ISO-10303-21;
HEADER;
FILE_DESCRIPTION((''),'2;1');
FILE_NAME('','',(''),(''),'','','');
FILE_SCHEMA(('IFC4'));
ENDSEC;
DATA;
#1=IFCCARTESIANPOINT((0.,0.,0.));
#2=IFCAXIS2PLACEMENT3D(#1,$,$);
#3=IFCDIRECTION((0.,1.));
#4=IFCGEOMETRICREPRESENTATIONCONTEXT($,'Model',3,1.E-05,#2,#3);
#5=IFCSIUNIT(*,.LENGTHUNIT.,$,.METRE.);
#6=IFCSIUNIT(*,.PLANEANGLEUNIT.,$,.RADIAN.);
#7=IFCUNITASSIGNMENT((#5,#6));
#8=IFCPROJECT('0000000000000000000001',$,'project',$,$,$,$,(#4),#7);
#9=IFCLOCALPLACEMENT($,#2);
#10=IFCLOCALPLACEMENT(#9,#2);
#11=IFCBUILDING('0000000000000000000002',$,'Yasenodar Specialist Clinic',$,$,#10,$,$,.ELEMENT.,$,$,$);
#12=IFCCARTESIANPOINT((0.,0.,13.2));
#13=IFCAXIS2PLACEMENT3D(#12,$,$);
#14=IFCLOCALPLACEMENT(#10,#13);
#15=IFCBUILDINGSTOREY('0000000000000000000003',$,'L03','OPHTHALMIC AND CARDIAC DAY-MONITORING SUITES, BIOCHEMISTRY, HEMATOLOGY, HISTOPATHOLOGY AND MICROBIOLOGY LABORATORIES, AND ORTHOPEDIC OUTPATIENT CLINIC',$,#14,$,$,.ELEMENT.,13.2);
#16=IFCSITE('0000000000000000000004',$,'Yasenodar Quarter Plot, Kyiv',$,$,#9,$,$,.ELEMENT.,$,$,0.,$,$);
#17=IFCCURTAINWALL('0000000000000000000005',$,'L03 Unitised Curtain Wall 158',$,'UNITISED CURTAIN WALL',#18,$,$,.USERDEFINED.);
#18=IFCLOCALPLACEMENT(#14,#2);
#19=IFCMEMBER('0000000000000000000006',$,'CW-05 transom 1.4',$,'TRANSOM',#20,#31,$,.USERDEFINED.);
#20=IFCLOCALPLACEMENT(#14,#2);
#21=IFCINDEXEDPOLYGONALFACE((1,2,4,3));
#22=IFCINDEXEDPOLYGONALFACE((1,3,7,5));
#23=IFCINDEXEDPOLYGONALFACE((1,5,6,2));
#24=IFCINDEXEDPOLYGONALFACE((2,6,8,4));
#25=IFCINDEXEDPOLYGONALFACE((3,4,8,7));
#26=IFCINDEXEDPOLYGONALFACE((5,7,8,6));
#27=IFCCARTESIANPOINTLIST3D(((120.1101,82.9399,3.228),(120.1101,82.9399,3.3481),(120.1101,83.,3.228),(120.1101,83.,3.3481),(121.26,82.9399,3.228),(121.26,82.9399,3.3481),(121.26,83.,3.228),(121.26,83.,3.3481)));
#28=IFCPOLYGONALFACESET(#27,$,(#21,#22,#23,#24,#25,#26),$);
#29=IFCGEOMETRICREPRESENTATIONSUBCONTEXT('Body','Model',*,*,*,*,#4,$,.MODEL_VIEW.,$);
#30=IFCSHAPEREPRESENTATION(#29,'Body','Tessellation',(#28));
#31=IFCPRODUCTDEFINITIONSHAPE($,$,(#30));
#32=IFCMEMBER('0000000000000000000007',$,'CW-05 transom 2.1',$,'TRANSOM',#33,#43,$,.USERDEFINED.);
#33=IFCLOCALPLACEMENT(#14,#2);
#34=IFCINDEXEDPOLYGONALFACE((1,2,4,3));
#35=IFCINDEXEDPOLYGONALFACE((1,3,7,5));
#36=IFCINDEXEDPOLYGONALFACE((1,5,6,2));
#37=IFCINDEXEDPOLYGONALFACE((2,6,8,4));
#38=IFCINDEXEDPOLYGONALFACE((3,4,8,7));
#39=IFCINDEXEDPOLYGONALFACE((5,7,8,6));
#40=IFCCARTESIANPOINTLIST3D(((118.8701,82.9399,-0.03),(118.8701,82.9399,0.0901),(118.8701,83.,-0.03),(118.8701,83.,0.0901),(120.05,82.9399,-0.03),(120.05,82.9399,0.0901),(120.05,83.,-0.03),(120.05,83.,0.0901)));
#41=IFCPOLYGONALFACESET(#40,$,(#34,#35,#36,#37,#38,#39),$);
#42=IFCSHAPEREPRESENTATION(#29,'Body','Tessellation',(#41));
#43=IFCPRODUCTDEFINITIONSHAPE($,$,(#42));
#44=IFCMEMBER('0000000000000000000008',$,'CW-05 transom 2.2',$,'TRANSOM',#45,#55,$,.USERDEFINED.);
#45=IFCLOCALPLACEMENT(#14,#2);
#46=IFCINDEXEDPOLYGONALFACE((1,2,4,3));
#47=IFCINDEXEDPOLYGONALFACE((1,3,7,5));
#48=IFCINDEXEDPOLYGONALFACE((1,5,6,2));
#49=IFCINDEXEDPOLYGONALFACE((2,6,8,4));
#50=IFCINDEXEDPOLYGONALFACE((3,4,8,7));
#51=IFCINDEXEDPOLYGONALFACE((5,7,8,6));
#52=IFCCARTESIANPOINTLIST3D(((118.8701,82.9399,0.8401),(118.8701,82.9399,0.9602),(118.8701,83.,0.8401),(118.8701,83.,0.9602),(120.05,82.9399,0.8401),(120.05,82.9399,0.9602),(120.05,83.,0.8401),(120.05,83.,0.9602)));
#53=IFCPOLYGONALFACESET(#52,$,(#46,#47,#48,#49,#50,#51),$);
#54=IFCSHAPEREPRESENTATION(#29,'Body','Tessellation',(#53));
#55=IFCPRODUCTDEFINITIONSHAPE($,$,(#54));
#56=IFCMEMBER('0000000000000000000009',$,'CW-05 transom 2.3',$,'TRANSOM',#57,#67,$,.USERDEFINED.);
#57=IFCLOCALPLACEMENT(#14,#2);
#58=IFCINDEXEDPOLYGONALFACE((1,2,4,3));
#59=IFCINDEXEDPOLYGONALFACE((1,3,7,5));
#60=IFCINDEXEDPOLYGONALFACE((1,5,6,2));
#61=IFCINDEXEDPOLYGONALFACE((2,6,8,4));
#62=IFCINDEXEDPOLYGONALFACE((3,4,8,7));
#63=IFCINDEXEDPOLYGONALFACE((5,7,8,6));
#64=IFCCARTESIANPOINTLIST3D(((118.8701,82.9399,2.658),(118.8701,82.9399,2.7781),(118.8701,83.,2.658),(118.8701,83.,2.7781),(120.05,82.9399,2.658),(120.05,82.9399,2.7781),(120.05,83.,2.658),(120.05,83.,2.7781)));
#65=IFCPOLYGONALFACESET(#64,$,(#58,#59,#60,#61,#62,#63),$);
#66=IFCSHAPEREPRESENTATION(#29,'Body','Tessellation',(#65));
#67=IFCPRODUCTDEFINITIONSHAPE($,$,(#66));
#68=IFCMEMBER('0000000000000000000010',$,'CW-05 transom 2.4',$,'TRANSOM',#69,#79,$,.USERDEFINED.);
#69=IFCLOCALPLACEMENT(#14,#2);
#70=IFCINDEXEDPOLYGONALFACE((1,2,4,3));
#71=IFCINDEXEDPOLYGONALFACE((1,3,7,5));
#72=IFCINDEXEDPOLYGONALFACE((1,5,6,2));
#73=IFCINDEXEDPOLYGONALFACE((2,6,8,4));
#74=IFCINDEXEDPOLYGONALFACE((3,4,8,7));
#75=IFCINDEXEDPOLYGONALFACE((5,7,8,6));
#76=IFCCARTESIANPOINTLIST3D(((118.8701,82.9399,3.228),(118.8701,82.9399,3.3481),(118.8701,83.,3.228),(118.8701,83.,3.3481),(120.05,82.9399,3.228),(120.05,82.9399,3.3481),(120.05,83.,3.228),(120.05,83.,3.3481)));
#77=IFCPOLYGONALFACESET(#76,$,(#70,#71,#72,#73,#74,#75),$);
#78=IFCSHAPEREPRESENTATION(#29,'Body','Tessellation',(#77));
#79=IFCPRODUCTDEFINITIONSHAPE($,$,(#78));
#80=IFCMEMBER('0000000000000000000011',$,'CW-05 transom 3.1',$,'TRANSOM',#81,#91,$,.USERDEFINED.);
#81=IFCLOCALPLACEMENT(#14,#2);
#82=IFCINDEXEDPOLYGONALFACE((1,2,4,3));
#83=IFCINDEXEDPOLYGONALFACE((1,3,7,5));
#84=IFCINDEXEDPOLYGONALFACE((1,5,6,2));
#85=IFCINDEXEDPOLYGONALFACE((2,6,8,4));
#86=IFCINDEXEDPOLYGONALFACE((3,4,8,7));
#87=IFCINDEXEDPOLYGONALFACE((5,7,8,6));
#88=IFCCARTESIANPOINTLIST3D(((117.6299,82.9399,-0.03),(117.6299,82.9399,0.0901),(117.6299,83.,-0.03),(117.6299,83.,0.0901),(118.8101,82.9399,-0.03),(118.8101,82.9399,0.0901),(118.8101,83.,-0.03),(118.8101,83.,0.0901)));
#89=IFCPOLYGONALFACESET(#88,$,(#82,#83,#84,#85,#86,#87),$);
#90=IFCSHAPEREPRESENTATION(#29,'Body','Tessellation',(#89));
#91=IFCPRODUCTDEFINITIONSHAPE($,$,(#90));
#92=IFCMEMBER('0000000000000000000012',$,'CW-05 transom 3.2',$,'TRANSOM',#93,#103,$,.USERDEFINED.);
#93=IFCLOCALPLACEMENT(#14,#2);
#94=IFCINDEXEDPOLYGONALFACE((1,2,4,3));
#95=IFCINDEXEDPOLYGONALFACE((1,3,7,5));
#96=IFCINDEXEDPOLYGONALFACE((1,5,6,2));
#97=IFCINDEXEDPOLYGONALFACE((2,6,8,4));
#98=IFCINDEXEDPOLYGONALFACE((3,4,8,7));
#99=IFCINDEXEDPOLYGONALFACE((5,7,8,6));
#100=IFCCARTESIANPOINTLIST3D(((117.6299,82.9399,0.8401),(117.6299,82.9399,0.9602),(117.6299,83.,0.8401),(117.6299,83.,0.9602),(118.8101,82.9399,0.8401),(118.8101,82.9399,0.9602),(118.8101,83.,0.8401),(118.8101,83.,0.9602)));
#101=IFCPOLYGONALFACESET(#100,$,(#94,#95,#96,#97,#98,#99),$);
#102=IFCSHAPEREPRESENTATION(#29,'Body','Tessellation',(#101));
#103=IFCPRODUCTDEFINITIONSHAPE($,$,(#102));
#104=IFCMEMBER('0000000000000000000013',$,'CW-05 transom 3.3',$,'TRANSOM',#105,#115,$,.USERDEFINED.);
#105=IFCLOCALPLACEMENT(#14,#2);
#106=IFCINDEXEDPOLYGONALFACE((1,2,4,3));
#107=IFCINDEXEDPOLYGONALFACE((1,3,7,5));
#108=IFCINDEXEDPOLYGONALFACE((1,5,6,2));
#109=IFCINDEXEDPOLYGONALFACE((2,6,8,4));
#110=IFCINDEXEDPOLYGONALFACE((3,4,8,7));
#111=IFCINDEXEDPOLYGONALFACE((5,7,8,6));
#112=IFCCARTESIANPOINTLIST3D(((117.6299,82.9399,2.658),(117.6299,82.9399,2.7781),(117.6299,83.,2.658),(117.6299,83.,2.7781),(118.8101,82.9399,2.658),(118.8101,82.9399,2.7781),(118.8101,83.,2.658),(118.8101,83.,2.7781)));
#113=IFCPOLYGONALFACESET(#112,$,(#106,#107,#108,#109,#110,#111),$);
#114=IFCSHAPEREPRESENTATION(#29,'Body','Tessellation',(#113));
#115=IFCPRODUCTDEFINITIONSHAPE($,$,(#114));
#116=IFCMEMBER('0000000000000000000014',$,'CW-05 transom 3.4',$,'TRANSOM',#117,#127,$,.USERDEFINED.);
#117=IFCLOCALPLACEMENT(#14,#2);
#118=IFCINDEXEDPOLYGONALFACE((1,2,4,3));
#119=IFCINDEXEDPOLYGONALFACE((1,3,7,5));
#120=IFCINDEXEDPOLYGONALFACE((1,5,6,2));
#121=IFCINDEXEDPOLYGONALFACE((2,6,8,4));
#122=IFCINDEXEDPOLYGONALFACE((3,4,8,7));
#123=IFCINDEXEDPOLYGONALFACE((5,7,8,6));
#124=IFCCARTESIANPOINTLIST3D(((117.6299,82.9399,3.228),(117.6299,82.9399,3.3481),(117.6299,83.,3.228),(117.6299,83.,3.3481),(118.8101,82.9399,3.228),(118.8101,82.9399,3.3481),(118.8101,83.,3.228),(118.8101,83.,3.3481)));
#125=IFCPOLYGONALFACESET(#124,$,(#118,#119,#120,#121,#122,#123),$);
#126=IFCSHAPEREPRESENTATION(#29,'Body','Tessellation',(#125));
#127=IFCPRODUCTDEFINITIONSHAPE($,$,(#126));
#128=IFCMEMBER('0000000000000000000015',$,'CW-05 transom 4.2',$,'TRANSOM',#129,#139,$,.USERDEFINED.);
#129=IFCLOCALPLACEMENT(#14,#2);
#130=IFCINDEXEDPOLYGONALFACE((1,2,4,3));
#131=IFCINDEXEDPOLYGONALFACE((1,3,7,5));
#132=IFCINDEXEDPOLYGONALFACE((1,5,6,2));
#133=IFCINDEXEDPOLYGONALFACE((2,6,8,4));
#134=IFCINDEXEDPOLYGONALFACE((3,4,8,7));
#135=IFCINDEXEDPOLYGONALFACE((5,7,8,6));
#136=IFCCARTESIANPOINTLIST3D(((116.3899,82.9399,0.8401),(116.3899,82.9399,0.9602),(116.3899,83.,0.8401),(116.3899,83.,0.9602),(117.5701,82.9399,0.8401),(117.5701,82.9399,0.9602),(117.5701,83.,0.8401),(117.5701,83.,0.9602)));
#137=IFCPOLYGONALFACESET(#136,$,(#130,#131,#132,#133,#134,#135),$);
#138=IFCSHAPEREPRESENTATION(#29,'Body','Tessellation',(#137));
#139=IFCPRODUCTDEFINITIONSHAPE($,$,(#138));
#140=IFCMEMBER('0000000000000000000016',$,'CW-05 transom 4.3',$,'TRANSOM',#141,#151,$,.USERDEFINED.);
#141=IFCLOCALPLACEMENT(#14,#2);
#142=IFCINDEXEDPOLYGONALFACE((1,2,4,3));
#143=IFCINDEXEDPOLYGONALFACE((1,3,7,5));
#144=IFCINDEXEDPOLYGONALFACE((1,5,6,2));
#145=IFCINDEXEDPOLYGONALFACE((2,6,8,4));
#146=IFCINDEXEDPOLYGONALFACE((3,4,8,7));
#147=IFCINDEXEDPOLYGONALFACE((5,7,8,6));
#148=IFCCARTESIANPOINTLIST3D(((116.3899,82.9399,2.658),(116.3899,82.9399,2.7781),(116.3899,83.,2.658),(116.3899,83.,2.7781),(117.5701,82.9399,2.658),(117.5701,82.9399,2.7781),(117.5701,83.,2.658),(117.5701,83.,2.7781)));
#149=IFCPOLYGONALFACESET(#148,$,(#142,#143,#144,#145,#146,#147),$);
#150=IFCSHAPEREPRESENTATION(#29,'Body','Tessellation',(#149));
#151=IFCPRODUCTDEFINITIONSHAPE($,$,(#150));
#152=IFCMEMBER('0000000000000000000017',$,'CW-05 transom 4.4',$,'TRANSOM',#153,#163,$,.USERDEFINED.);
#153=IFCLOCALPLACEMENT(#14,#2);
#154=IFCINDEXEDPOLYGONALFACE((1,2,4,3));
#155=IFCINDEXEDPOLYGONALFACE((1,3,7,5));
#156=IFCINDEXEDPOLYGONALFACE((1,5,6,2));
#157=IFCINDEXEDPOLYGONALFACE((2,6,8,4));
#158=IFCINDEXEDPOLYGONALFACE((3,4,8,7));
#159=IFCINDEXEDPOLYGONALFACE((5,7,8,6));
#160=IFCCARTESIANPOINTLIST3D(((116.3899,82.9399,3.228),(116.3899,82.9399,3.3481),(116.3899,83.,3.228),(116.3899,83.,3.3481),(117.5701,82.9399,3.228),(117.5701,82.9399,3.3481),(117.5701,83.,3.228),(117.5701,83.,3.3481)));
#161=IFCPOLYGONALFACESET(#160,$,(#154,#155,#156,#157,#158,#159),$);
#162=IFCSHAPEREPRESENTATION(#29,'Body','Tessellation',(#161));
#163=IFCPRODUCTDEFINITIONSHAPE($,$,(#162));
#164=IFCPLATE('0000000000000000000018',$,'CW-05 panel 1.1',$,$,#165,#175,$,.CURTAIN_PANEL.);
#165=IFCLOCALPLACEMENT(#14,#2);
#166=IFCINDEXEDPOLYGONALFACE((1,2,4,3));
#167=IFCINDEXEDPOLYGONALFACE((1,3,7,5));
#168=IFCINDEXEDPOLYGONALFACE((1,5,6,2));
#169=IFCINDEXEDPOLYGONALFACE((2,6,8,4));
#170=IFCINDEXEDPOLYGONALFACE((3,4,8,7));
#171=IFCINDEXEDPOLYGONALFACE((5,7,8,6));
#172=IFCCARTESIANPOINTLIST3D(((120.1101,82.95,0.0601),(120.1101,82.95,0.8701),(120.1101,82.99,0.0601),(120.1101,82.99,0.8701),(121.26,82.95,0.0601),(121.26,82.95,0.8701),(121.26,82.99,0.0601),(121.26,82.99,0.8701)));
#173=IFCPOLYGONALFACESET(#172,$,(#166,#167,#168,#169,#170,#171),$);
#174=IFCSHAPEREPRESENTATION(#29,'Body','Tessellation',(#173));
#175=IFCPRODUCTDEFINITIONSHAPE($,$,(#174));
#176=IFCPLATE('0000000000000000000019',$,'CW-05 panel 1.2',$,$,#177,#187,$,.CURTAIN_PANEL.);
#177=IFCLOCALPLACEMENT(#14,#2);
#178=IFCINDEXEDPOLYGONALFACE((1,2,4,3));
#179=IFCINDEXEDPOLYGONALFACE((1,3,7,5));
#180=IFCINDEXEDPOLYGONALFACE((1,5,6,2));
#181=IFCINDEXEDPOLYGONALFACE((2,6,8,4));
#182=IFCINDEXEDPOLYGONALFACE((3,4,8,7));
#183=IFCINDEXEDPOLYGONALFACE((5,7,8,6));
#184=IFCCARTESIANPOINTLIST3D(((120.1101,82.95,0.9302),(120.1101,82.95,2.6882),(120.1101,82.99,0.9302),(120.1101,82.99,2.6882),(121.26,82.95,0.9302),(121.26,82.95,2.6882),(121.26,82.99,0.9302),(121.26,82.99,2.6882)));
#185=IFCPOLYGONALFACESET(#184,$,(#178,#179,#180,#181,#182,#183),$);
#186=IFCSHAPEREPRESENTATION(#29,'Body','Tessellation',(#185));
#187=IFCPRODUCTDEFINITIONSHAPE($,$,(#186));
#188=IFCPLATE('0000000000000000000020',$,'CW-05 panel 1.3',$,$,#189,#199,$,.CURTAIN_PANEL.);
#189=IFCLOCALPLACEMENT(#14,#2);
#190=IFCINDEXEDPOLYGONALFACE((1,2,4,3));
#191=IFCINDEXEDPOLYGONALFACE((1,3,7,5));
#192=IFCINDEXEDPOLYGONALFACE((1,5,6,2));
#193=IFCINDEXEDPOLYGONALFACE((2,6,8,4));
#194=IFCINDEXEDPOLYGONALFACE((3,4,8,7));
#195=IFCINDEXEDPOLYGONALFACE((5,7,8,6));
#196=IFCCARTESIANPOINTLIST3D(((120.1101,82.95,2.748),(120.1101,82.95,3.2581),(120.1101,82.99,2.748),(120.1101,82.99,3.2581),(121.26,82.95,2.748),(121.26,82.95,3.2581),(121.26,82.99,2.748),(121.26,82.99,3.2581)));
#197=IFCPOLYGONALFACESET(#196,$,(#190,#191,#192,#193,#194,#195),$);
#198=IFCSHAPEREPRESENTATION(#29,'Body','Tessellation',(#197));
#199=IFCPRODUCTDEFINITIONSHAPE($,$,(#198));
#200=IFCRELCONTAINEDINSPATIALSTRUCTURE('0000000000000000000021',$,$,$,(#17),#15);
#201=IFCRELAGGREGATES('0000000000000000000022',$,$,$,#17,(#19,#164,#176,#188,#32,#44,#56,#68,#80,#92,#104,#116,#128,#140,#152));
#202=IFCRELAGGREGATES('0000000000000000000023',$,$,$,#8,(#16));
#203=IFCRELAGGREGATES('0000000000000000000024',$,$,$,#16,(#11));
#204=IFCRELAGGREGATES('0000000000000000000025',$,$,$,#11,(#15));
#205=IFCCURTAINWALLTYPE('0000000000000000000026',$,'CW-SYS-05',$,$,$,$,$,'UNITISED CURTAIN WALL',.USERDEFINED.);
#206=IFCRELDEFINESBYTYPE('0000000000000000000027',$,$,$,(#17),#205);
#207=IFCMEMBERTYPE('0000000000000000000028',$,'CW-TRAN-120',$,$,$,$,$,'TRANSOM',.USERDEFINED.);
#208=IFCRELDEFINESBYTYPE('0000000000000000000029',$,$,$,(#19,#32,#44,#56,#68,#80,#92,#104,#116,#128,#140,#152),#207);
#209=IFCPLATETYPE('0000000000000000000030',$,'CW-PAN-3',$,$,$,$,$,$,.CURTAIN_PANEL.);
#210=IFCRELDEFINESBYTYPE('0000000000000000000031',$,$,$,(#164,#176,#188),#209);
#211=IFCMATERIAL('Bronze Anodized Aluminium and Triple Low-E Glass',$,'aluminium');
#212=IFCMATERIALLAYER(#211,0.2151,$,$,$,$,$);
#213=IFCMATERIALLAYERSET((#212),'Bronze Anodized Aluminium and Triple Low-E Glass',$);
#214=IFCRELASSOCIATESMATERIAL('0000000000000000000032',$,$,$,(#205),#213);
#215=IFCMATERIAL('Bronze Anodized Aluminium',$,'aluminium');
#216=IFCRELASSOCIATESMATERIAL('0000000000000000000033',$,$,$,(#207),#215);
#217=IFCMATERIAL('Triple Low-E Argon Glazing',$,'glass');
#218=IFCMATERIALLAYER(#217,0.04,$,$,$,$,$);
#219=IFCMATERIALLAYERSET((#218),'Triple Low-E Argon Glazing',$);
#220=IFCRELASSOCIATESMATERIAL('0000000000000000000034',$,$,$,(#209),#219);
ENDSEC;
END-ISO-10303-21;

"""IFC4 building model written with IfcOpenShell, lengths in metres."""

from ifc_helpers import new_model, si_unit, direction, frame, origin, origin_2d, place, context, subcontext, project, spatial, rectangle, extrude, material, layer, layer_set, material_profile, profile_set, type_object, element, aggregate, save


model = new_model("IFC4")

# Units and contexts
model_context = context("Model", 3, precision=1e-05, world=origin(), true_north=direction((0.0, 1.0)))
body_context = subcontext(model_context, "Body", "Model", "MODEL_VIEW")
ifc_project = project(units=[si_unit("LENGTHUNIT", "METRE"), si_unit("PLANEANGLEUNIT", "RADIAN")], contexts=[model_context])

# Site, building, storey
site_placement = place(None, origin())
site = spatial("IfcSite", under=ifc_project, at=site_placement, Name="Yasenodar Quarter Plot, Kyiv", CompositionType="ELEMENT", RefElevation=0.0)
building_placement = place(site_placement, origin())
building = spatial("IfcBuilding", under=site, at=building_placement, Name="Yasenodar Specialist Clinic", CompositionType="ELEMENT")
storey_placement = place(building_placement, frame((0.0, 0.0, 13.2)))
storey = spatial("IfcBuildingStorey", under=building, at=storey_placement, Name="L03", Description="OPHTHALMIC AND CARDIAC DAY-MONITORING SUITES, BIOCHEMISTRY, HEMATOLOGY, HISTOPATHOLOGY AND MICROBIOLOGY LABORATORIES, AND ORTHOPEDIC OUTPATIENT CLINIC", CompositionType="ELEMENT", Elevation=13.2)

# Curtain wall, members, plates
ifc_material_1 = material(Name="Bronze Anodized Aluminium and Triple Low-E Glass", Category="aluminium")
ifc_layer_1 = layer(ifc_material_1, 0.2151)
ifc_layer_set_1 = layer_set([ifc_layer_1], Name="Bronze Anodized Aluminium and Triple Low-E Glass")
curtain_wall_type = type_object("IfcCurtainWallType", Name="CW-SYS-05", ElementType="UNITISED CURTAIN WALL", PredefinedType="USERDEFINED", material=ifc_layer_set_1)
curtain_wall_placement = place(storey_placement, origin())
curtain_wall = element("IfcCurtainWall", 1, at=curtain_wall_placement, inside=storey, type_object=curtain_wall_type, Name="L03 Unitised Curtain Wall 158", ObjectType="UNITISED CURTAIN WALL", PredefinedType="USERDEFINED")
ifc_material_2 = material(Name="Bronze Anodized Aluminium", Category="aluminium")
ifc_material_profile_1 = material_profile(ifc_material_2, rectangle(XDim=0.0601, YDim=0.1201, at=origin_2d()), Name="CW-TRAN 60x120")
ifc_profile_set_1 = profile_set([ifc_material_profile_1], Name="Bronze Anodized Aluminium")
member_type_1 = type_object("IfcMemberType", Name="CW-TRAN-120", ElementType="TRANSOM", PredefinedType="USERDEFINED", material=ifc_profile_set_1)
member_1_placement = place(storey_placement, frame((121.26, 82.97, 3.2881), z_axis=(-1.0, 0.0, 0.0), x_axis=(0.0, -1.0, 0.0)))
member_1 = element("IfcMember", 2, at=member_1_placement, type_object=member_type_1, Name="CW-05 transom 1.4", ObjectType="TRANSOM", PredefinedType="USERDEFINED", context=body_context, shape_type="SweptSolid", body=[
    extrude(rectangle(XDim=0.0601, YDim=0.1201, at=origin_2d()), origin(), (0.0, 0.0, 1.0), 1.1499),
])
member_2_placement = place(storey_placement, frame((120.05, 82.97, 0.03), z_axis=(-1.0, 0.0, 0.0), x_axis=(0.0, -1.0, 0.0)))
member_2 = element("IfcMember", 3, at=member_2_placement, type_object=member_type_1, Name="CW-05 transom 2.1", ObjectType="TRANSOM", PredefinedType="USERDEFINED", context=body_context, shape_type="SweptSolid", body=[
    extrude(rectangle(XDim=0.0601, YDim=0.1201, at=origin_2d()), origin(), (0.0, 0.0, 1.0), 1.1799),
])
member_3_placement = place(storey_placement, frame((120.05, 82.97, 0.9001), z_axis=(-1.0, 0.0, 0.0), x_axis=(0.0, -1.0, 0.0)))
member_3 = element("IfcMember", 4, at=member_3_placement, type_object=member_type_1, Name="CW-05 transom 2.2", ObjectType="TRANSOM", PredefinedType="USERDEFINED", context=body_context, shape_type="SweptSolid", body=[
    extrude(rectangle(XDim=0.0601, YDim=0.1201, at=origin_2d()), origin(), (0.0, 0.0, 1.0), 1.1799),
])
member_4_placement = place(storey_placement, frame((120.05, 82.97, 2.718), z_axis=(-1.0, 0.0, 0.0), x_axis=(0.0, -1.0, 0.0)))
member_4 = element("IfcMember", 5, at=member_4_placement, type_object=member_type_1, Name="CW-05 transom 2.3", ObjectType="TRANSOM", PredefinedType="USERDEFINED", context=body_context, shape_type="SweptSolid", body=[
    extrude(rectangle(XDim=0.0601, YDim=0.1201, at=origin_2d()), origin(), (0.0, 0.0, 1.0), 1.1799),
])
member_5_placement = place(storey_placement, frame((120.05, 82.97, 3.2881), z_axis=(-1.0, 0.0, 0.0), x_axis=(0.0, -1.0, 0.0)))
member_5 = element("IfcMember", 6, at=member_5_placement, type_object=member_type_1, Name="CW-05 transom 2.4", ObjectType="TRANSOM", PredefinedType="USERDEFINED", context=body_context, shape_type="SweptSolid", body=[
    extrude(rectangle(XDim=0.0601, YDim=0.1201, at=origin_2d()), origin(), (0.0, 0.0, 1.0), 1.1799),
])
member_6_placement = place(storey_placement, frame((118.8101, 82.97, 0.03), z_axis=(-1.0, 0.0, 0.0), x_axis=(0.0, -1.0, 0.0)))
member_6 = element("IfcMember", 7, at=member_6_placement, type_object=member_type_1, Name="CW-05 transom 3.1", ObjectType="TRANSOM", PredefinedType="USERDEFINED", context=body_context, shape_type="SweptSolid", body=[
    extrude(rectangle(XDim=0.0601, YDim=0.1201, at=origin_2d()), origin(), (0.0, 0.0, 1.0), 1.1802),
])
member_7_placement = place(storey_placement, frame((118.8101, 82.97, 0.9001), z_axis=(-1.0, 0.0, 0.0), x_axis=(0.0, -1.0, 0.0)))
member_7 = element("IfcMember", 8, at=member_7_placement, type_object=member_type_1, Name="CW-05 transom 3.2", ObjectType="TRANSOM", PredefinedType="USERDEFINED", context=body_context, shape_type="SweptSolid", body=[
    extrude(rectangle(XDim=0.0601, YDim=0.1201, at=origin_2d()), origin(), (0.0, 0.0, 1.0), 1.1802),
])
member_8_placement = place(storey_placement, frame((118.8101, 82.97, 2.718), z_axis=(-1.0, 0.0, 0.0), x_axis=(0.0, -1.0, 0.0)))
member_8 = element("IfcMember", 9, at=member_8_placement, type_object=member_type_1, Name="CW-05 transom 3.3", ObjectType="TRANSOM", PredefinedType="USERDEFINED", context=body_context, shape_type="SweptSolid", body=[
    extrude(rectangle(XDim=0.0601, YDim=0.1201, at=origin_2d()), origin(), (0.0, 0.0, 1.0), 1.1802),
])
member_9_placement = place(storey_placement, frame((118.8101, 82.97, 3.2881), z_axis=(-1.0, 0.0, 0.0), x_axis=(0.0, -1.0, 0.0)))
member_9 = element("IfcMember", 10, at=member_9_placement, type_object=member_type_1, Name="CW-05 transom 3.4", ObjectType="TRANSOM", PredefinedType="USERDEFINED", context=body_context, shape_type="SweptSolid", body=[
    extrude(rectangle(XDim=0.0601, YDim=0.1201, at=origin_2d()), origin(), (0.0, 0.0, 1.0), 1.1802),
])
member_10_placement = place(storey_placement, frame((117.5701, 82.97, 0.9001), z_axis=(-1.0, 0.0, 0.0), x_axis=(0.0, -1.0, 0.0)))
member_10 = element("IfcMember", 11, at=member_10_placement, type_object=member_type_1, Name="CW-05 transom 4.2", ObjectType="TRANSOM", PredefinedType="USERDEFINED", context=body_context, shape_type="SweptSolid", body=[
    extrude(rectangle(XDim=0.0601, YDim=0.1201, at=origin_2d()), origin(), (0.0, 0.0, 1.0), 1.1802),
])
member_11_placement = place(storey_placement, frame((117.5701, 82.97, 2.718), z_axis=(-1.0, 0.0, 0.0), x_axis=(0.0, -1.0, 0.0)))
member_11 = element("IfcMember", 12, at=member_11_placement, type_object=member_type_1, Name="CW-05 transom 4.3", ObjectType="TRANSOM", PredefinedType="USERDEFINED", context=body_context, shape_type="SweptSolid", body=[
    extrude(rectangle(XDim=0.0601, YDim=0.1201, at=origin_2d()), origin(), (0.0, 0.0, 1.0), 1.1802),
])
member_12_placement = place(storey_placement, frame((117.5701, 82.97, 3.2881), z_axis=(-1.0, 0.0, 0.0), x_axis=(0.0, -1.0, 0.0)))
member_12 = element("IfcMember", 13, at=member_12_placement, type_object=member_type_1, Name="CW-05 transom 4.4", ObjectType="TRANSOM", PredefinedType="USERDEFINED", context=body_context, shape_type="SweptSolid", body=[
    extrude(rectangle(XDim=0.0601, YDim=0.1201, at=origin_2d()), origin(), (0.0, 0.0, 1.0), 1.1802),
])
ifc_material_3 = material(Name="Triple Low-E Argon Glazing", Category="glass")
ifc_layer_2 = layer(ifc_material_3, 0.04)
ifc_layer_set_2 = layer_set([ifc_layer_2], Name="Triple Low-E Argon Glazing")
plate_type = type_object("IfcPlateType", Name="CW-PAN-3", PredefinedType="CURTAIN_PANEL", material=ifc_layer_set_2)
plate_1_placement = place(storey_placement, frame((120.6851, 82.97, 0.0601), z_axis=(0.0, 0.0, 1.0), x_axis=(-1.0, 0.0, 0.0)))
plate_1 = element("IfcPlate", 14, at=plate_1_placement, type_object=plate_type, Name="CW-05 panel 1.1", PredefinedType="CURTAIN_PANEL", context=body_context, shape_type="SweptSolid", body=[
    extrude(rectangle(XDim=1.1499, YDim=0.04, at=origin_2d()), origin(), (0.0, 0.0, 1.0), 0.8101),
])
plate_2_placement = place(storey_placement, frame((120.6851, 82.97, 0.9302), z_axis=(0.0, 0.0, 1.0), x_axis=(-1.0, 0.0, 0.0)))
plate_2 = element("IfcPlate", 15, at=plate_2_placement, type_object=plate_type, Name="CW-05 panel 1.2", PredefinedType="CURTAIN_PANEL", context=body_context, shape_type="SweptSolid", body=[
    extrude(rectangle(XDim=1.1499, YDim=0.04, at=origin_2d()), origin(), (0.0, 0.0, 1.0), 1.7581),
])
plate_3_placement = place(storey_placement, frame((120.6851, 82.97, 2.748), z_axis=(0.0, 0.0, 1.0), x_axis=(-1.0, 0.0, 0.0)))
plate_3 = element("IfcPlate", 16, at=plate_3_placement, type_object=plate_type, Name="CW-05 panel 1.3", PredefinedType="CURTAIN_PANEL", context=body_context, shape_type="SweptSolid", body=[
    extrude(rectangle(XDim=1.1499, YDim=0.04, at=origin_2d()), origin(), (0.0, 0.0, 1.0), 0.51),
])
aggregate(curtain_wall, [member_1, plate_1, plate_2, plate_3, member_2, member_3, member_4, member_5, member_6, member_7, member_8, member_9, member_10, member_11, member_12])

save(model, "model.ifc")
